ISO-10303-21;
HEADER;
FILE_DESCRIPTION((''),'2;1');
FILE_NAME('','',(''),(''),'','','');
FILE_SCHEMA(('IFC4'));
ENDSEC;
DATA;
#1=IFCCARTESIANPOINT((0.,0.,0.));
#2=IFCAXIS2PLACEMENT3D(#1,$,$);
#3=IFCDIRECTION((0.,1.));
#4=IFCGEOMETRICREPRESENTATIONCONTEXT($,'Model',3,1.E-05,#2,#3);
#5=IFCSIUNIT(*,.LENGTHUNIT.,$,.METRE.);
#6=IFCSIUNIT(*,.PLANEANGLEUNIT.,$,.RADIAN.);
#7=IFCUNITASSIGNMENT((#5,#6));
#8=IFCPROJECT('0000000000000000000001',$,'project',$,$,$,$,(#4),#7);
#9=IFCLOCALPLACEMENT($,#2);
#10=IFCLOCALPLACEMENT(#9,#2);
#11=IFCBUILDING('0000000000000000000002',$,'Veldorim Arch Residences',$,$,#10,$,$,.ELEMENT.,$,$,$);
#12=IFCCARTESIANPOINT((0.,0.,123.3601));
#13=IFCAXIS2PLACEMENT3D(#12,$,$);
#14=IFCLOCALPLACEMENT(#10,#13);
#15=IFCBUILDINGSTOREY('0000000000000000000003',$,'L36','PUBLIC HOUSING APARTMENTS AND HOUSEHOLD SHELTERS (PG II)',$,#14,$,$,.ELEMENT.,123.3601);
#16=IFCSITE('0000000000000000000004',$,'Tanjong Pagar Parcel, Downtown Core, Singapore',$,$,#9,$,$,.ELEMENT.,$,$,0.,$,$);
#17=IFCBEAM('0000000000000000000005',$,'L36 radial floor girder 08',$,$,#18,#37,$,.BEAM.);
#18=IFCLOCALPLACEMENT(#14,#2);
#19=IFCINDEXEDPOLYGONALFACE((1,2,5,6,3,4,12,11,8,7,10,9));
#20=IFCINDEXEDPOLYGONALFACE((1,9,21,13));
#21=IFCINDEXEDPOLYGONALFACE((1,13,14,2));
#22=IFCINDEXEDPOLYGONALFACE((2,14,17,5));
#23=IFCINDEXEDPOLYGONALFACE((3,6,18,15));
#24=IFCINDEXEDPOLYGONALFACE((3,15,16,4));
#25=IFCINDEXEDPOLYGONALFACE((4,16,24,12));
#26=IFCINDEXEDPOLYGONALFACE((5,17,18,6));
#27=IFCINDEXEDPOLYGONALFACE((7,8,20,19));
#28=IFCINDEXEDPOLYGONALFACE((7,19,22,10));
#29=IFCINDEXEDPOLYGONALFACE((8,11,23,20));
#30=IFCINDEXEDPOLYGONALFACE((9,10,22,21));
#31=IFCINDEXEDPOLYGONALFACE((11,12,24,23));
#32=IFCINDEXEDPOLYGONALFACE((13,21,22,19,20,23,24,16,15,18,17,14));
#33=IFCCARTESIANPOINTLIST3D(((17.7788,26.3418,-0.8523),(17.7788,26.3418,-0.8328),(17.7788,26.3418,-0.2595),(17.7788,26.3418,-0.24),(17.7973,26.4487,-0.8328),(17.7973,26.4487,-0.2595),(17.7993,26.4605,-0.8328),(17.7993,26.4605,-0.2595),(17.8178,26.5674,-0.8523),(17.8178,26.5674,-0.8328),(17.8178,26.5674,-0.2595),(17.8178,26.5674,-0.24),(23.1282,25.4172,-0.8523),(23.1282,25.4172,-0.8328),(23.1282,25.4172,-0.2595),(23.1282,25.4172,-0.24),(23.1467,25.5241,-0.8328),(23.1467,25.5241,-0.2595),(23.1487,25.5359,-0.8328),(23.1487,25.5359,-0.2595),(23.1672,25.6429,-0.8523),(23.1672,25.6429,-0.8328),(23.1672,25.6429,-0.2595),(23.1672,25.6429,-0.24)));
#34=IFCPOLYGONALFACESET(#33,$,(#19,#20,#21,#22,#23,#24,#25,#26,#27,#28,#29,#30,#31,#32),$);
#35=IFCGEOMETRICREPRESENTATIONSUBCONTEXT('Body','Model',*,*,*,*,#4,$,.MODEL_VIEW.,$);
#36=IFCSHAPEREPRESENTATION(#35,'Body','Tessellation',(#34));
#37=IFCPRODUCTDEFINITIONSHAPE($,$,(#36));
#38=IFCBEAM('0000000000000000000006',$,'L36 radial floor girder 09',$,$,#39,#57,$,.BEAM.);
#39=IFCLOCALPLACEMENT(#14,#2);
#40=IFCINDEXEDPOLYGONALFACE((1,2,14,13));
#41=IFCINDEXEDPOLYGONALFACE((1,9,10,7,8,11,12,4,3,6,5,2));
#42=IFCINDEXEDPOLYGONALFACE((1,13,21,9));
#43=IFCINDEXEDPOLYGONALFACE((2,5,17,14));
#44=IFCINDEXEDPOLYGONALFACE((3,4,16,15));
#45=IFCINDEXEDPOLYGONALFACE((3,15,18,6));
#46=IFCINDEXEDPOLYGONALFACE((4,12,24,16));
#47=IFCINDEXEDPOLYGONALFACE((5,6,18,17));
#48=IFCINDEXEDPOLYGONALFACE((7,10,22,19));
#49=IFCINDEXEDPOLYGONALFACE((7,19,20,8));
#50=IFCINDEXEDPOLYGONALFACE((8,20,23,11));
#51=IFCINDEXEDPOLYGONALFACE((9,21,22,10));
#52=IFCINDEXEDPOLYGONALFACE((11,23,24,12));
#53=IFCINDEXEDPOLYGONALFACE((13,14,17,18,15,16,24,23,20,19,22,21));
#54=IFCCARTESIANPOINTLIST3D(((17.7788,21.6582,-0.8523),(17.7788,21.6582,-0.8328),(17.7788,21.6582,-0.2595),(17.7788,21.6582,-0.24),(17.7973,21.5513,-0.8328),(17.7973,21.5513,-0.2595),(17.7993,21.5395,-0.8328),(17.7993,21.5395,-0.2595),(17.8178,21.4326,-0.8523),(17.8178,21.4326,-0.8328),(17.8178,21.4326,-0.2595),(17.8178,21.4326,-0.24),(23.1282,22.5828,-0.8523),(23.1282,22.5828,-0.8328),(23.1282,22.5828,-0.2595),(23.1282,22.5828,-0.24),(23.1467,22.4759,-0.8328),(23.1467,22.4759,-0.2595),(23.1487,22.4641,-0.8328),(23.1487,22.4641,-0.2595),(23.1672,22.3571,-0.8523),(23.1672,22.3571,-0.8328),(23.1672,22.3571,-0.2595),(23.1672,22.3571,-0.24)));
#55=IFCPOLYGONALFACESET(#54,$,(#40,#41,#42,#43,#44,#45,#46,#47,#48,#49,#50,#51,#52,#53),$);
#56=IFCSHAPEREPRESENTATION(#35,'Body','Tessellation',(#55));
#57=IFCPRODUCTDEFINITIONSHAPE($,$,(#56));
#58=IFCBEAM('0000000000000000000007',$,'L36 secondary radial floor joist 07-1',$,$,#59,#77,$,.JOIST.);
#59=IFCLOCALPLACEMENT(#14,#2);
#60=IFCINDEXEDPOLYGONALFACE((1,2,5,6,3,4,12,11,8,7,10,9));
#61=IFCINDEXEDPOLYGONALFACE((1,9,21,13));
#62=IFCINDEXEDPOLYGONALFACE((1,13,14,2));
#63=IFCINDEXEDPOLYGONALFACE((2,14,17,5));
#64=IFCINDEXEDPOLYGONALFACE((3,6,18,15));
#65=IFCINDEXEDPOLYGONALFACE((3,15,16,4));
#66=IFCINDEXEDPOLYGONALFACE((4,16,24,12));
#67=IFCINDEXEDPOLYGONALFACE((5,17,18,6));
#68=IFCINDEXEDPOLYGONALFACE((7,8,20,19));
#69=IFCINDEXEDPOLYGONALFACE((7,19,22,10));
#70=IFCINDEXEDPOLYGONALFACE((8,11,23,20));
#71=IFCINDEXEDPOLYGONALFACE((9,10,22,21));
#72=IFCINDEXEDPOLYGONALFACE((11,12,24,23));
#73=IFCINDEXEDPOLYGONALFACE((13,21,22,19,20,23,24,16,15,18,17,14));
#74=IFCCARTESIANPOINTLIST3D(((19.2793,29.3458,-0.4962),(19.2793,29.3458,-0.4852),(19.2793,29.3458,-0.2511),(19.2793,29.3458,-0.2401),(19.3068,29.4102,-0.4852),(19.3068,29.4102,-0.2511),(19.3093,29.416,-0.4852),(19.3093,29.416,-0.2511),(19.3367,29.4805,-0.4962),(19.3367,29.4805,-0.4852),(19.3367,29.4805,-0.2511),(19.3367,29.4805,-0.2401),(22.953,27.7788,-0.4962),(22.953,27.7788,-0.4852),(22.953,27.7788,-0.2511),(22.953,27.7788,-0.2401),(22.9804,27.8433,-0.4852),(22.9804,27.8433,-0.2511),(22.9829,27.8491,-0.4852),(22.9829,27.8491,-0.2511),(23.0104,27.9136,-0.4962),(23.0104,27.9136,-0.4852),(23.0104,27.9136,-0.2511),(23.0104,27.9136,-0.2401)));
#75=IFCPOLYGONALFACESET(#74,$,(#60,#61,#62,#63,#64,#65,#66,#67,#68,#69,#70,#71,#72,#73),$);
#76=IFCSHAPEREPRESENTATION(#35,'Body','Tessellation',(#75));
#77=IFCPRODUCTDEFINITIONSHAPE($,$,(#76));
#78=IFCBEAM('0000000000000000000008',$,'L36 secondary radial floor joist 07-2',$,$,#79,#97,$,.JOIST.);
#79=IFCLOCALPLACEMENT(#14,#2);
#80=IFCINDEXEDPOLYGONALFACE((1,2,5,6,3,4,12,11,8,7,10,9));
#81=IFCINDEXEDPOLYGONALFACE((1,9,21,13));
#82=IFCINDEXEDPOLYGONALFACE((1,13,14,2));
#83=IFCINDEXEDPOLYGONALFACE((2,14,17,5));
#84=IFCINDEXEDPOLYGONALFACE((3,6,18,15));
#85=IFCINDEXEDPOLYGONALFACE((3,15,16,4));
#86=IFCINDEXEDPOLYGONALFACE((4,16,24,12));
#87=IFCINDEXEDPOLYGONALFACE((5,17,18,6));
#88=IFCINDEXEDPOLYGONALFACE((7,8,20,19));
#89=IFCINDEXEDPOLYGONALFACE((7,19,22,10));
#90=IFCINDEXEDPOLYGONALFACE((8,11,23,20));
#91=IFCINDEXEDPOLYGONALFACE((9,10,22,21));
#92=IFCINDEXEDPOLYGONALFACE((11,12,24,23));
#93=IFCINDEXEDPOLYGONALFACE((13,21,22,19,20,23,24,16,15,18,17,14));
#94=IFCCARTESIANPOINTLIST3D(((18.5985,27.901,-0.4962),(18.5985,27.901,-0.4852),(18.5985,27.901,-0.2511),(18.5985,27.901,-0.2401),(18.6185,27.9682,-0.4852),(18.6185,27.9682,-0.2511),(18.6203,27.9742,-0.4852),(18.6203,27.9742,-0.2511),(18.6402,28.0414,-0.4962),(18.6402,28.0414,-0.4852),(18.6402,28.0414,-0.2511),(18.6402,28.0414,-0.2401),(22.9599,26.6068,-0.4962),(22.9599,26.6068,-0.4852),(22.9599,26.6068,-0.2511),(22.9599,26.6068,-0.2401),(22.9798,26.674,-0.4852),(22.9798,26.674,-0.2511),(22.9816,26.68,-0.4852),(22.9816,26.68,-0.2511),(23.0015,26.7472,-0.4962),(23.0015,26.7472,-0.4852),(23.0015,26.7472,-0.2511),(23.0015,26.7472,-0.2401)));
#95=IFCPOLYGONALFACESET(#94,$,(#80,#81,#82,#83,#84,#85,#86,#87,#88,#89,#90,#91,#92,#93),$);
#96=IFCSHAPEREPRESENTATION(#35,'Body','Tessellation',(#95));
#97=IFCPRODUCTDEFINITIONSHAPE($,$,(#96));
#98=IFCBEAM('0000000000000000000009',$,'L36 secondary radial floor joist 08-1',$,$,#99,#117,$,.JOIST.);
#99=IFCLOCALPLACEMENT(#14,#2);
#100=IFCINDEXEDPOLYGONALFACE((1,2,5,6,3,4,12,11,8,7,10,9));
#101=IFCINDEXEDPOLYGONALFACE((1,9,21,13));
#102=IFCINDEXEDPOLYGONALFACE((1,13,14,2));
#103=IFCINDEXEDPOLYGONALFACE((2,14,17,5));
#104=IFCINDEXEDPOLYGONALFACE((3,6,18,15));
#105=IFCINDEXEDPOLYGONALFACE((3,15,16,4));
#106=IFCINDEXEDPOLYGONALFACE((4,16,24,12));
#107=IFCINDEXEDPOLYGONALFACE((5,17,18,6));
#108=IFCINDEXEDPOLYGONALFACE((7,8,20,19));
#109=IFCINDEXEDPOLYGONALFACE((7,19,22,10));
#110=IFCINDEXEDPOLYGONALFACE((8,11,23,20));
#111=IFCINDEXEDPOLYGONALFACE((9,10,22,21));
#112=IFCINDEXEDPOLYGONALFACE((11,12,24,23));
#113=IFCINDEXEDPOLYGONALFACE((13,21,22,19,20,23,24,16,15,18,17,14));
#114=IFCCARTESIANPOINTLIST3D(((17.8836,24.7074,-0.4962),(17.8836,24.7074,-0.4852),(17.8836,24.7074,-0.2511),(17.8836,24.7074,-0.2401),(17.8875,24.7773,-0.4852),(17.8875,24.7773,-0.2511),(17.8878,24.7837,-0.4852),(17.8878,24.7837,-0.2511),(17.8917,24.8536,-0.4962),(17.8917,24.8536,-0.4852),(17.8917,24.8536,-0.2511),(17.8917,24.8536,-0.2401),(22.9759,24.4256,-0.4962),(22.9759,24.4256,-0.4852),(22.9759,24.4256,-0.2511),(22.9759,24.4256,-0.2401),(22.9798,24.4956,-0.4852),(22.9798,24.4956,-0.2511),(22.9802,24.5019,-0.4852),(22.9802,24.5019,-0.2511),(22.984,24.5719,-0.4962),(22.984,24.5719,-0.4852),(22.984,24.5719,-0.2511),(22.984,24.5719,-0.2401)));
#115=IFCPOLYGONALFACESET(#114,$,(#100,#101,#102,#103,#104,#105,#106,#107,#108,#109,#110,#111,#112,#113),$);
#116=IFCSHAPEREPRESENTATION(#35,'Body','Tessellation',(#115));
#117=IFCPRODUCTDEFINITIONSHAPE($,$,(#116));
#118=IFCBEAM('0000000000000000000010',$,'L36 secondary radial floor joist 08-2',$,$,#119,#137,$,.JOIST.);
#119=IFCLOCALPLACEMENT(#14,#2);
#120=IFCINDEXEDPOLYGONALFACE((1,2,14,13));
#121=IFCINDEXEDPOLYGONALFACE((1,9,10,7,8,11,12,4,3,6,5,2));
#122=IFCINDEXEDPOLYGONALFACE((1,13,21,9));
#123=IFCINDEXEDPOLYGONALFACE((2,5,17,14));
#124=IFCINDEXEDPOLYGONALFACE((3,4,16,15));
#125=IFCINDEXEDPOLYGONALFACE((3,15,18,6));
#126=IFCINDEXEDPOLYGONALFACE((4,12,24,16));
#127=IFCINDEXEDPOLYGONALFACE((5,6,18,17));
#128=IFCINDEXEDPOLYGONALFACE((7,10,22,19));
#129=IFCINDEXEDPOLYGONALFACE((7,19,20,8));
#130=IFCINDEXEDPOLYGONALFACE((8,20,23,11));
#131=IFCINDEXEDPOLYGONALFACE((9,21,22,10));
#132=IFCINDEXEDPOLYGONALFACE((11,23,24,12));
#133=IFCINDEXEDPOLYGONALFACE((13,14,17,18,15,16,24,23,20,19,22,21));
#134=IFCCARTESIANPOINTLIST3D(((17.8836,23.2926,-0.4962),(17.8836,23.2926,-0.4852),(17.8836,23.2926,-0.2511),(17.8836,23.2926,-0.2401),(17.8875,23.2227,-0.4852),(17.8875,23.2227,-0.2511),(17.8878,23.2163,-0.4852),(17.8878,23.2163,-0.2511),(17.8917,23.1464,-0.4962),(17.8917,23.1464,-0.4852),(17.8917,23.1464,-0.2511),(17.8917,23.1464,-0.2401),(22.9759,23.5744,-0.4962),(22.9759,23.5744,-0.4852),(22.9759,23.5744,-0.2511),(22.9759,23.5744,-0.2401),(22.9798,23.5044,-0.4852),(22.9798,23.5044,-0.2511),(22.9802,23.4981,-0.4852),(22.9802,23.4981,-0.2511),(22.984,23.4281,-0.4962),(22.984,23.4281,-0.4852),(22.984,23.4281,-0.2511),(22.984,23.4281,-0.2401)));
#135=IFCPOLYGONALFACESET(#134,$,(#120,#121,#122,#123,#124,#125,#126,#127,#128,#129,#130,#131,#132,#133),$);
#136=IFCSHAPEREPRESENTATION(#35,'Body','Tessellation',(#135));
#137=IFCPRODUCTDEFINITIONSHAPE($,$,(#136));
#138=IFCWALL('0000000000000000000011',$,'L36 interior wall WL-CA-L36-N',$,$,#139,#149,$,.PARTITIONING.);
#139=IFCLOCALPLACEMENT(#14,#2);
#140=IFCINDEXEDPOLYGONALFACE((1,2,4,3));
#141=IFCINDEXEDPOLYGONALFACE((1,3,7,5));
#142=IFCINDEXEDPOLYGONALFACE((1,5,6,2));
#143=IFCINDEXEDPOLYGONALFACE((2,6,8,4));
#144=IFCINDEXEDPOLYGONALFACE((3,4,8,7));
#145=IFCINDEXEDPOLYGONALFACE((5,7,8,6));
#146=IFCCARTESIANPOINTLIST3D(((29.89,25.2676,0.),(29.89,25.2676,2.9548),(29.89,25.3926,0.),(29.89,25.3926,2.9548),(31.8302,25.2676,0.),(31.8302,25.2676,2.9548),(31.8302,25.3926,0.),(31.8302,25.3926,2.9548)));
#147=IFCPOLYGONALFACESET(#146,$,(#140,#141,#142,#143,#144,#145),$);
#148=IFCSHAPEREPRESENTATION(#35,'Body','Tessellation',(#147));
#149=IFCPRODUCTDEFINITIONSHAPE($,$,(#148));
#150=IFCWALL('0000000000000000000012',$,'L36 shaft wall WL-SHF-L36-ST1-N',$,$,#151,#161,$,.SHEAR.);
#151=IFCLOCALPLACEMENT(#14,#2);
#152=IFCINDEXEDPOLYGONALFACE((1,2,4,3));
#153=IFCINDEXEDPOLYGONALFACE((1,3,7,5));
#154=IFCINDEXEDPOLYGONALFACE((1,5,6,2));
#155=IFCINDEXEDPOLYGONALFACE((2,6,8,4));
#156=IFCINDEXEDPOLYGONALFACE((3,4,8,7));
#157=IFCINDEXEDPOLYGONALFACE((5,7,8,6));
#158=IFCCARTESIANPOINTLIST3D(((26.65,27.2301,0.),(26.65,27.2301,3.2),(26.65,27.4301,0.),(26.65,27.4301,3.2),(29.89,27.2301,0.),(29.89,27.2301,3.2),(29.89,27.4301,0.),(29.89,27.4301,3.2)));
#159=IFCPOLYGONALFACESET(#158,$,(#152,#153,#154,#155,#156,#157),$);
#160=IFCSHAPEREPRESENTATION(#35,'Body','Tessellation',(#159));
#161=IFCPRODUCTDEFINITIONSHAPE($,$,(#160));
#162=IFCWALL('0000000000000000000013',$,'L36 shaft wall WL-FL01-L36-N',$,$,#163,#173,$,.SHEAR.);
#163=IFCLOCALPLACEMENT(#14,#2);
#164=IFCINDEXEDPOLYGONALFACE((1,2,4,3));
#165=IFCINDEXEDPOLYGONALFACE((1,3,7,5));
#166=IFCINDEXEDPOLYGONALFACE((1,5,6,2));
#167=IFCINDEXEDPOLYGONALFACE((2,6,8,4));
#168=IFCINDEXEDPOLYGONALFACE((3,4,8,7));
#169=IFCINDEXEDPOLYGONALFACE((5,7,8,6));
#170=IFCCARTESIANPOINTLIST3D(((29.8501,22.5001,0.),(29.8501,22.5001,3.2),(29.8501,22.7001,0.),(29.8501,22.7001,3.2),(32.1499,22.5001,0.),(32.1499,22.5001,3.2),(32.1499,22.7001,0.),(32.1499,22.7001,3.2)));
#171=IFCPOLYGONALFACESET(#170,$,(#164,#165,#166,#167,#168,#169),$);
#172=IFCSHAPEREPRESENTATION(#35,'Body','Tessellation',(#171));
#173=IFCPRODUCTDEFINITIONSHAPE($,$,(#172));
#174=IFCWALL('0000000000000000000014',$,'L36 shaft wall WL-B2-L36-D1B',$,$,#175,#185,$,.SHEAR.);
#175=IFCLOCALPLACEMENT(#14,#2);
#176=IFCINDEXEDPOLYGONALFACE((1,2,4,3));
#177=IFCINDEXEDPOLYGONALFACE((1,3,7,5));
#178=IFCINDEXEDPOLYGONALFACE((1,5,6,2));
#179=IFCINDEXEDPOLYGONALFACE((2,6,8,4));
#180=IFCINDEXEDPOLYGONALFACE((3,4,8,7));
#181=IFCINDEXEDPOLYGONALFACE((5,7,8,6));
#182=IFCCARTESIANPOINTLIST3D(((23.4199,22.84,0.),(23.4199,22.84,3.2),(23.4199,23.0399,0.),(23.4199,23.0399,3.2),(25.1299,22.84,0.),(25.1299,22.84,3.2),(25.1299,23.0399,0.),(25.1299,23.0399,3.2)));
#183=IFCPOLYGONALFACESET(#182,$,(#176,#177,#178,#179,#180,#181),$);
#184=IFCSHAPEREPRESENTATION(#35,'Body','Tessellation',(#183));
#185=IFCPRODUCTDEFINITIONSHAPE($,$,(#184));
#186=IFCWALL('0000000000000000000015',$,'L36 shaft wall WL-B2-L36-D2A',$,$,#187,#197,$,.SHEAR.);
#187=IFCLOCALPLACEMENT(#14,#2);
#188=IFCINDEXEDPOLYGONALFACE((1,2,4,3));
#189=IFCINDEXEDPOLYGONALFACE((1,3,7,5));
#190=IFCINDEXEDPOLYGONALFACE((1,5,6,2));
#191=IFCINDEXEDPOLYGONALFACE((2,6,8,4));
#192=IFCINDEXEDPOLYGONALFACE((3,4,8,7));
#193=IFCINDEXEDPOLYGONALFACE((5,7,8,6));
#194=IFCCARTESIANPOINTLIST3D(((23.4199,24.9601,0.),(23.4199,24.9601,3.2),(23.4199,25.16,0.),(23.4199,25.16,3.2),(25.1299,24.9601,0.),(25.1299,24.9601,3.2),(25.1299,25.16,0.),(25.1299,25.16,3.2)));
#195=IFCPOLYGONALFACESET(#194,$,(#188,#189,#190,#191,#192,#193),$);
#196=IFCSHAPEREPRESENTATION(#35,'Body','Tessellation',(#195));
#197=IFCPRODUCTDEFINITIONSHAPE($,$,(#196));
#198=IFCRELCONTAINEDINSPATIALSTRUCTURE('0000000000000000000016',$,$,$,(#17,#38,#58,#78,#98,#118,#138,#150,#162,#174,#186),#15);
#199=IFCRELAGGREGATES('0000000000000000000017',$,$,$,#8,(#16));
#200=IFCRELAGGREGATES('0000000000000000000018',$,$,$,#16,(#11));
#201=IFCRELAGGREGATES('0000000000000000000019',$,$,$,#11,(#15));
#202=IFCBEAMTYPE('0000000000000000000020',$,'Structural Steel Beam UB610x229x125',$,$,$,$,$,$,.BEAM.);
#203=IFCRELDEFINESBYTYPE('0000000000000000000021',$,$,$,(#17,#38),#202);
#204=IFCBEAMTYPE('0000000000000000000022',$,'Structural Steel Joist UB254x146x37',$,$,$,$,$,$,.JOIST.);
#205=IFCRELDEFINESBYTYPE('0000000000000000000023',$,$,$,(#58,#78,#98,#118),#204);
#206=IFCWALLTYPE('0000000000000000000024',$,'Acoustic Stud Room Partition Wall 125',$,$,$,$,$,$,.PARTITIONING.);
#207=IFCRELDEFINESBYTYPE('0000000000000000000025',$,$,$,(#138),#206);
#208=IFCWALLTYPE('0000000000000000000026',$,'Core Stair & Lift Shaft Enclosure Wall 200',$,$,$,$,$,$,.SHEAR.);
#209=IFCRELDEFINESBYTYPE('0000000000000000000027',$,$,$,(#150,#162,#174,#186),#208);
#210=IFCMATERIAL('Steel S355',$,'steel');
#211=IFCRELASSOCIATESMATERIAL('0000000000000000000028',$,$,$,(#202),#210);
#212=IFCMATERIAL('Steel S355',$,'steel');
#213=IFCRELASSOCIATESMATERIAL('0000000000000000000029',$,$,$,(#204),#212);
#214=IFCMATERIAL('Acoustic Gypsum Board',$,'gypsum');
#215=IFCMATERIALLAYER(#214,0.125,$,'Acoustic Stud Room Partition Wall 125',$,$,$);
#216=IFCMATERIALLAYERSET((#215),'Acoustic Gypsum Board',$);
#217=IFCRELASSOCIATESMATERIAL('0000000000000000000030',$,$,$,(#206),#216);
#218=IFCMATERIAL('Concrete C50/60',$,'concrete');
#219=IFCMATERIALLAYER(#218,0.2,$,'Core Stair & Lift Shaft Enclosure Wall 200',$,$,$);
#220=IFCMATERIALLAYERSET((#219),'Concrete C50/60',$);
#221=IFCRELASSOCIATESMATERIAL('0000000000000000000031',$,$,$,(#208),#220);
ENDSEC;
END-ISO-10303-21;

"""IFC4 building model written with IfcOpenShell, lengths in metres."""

from ifc_helpers import new_model, si_unit, direction, frame, frame_2d, origin, origin_2d, place, context, subcontext, project, spatial, rectangle, i_section, extrude, material, layer, layer_set, material_profile, profile_set, type_object, element, save


model = new_model("IFC4")

# Units and contexts
model_context = context("Model", 3, precision=1e-05, world=origin(), true_north=direction((0.0, 1.0)))
body_context = subcontext(model_context, "Body", "Model", "MODEL_VIEW")
ifc_project = project(units=[si_unit("LENGTHUNIT", "METRE"), si_unit("PLANEANGLEUNIT", "RADIAN")], contexts=[model_context])

# Site, building, storey
site_placement = place(None, origin())
site = spatial("IfcSite", under=ifc_project, at=site_placement, Name="Tanjong Pagar Parcel, Downtown Core, Singapore", CompositionType="ELEMENT", RefElevation=0.0)
building_placement = place(site_placement, origin())
building = spatial("IfcBuilding", under=site, at=building_placement, Name="Veldorim Arch Residences", CompositionType="ELEMENT")
storey_placement = place(building_placement, frame((0.0, 0.0, 123.3601)))
storey = spatial("IfcBuildingStorey", under=building, at=storey_placement, Name="L36", Description="PUBLIC HOUSING APARTMENTS AND HOUSEHOLD SHELTERS (PG II)", CompositionType="ELEMENT", Elevation=123.3601)

# Beams
ifc_material_1 = material(Name="Steel S355", Category="steel")
ifc_material_profile_1 = material_profile(ifc_material_1, i_section(OverallWidth=0.229, OverallDepth=0.6123, WebThickness=0.012, FlangeThickness=0.0195, at=origin_2d()), Name="UB610x229x125")
ifc_profile_set_1 = profile_set([ifc_material_profile_1], Name="Steel S355")
beam_type_1 = type_object("IfcBeamType", Name="Structural Steel Beam UB610x229x125", PredefinedType="BEAM", material=ifc_profile_set_1)
for number, where, z_axis, x_axis, name in (
    (1, (23.1477, 25.53, -0.5461), (-0.98539, 0.170311, 0.0), (-0.170311, -0.98539, 0.0), "L36 radial floor girder 08"),
    (2, (23.1477, 22.47, -0.5461), (-0.98539, -0.170311, 0.0), (0.170311, -0.98539, 0.0), "L36 radial floor girder 09"),
):
    element("IfcBeam", number, at=place(storey_placement, frame(where, z_axis=z_axis, x_axis=x_axis)), inside=storey, type_object=beam_type_1, Name=name, PredefinedType="BEAM", context=body_context, shape_type="SweptSolid", body=[
        extrude(i_section(OverallWidth=0.229, OverallDepth=0.6123, WebThickness=0.012, FlangeThickness=0.0195, at=origin_2d()), origin(), (0.0, 0.0, 1.0), 5.4287),
    ])
ifc_material_2 = material(Name="Steel S355", Category="steel")
ifc_material_profile_2 = material_profile(ifc_material_2, i_section(OverallWidth=0.1465, OverallDepth=0.2561, WebThickness=0.0063, FlangeThickness=0.011, at=origin_2d()), Name="UB254x146x37")
ifc_profile_set_2 = profile_set([ifc_material_profile_2], Name="Steel S355")
beam_type_2 = type_object("IfcBeamType", Name="Structural Steel Joist UB254x146x37", PredefinedType="JOIST", material=ifc_profile_set_2)
beam_1_placement = place(storey_placement, frame((22.9817, 27.8462, -0.3682), z_axis=(-0.919823, 0.392332, 0.0), x_axis=(-0.392332, -0.919823, 0.0)))
element("IfcBeam", 3, at=beam_1_placement, inside=storey, type_object=beam_type_2, Name="L36 secondary radial floor joist 07-1", PredefinedType="JOIST", context=body_context, shape_type="SweptSolid", body=[
    extrude(i_section(OverallWidth=0.1465, OverallDepth=0.2561, WebThickness=0.0063, FlangeThickness=0.011, at=origin_2d()), origin(), (0.0, 0.0, 1.0), 3.9939),
])
beam_2_placement = place(storey_placement, frame((22.9807, 26.677, -0.3682), z_axis=(-0.958682, 0.284481, 0.0), x_axis=(-0.284481, -0.958682, 0.0)))
element("IfcBeam", 4, at=beam_2_placement, inside=storey, type_object=beam_type_2, Name="L36 secondary radial floor joist 07-2", PredefinedType="JOIST", context=body_context, shape_type="SweptSolid", body=[
    extrude(i_section(OverallWidth=0.1465, OverallDepth=0.2561, WebThickness=0.0063, FlangeThickness=0.011, at=origin_2d()), origin(), (0.0, 0.0, 1.0), 4.5493),
])
for number, where, z_axis, x_axis, name in (
    (5, (22.98, 24.4988, -0.3682), (-0.998473, 0.055242, 0.0), (-0.055242, -0.998473, 0.0), "L36 secondary radial floor joist 08-1"),
    (6, (22.98, 23.5012, -0.3682), (-0.998473, -0.055242, 0.0), (0.055242, -0.998473, 0.0), "L36 secondary radial floor joist 08-2"),
):
    element("IfcBeam", number, at=place(storey_placement, frame(where, z_axis=z_axis, x_axis=x_axis)), inside=storey, type_object=beam_type_2, Name=name, PredefinedType="JOIST", context=body_context, shape_type="SweptSolid", body=[
        extrude(i_section(OverallWidth=0.1465, OverallDepth=0.2561, WebThickness=0.0063, FlangeThickness=0.011, at=origin_2d()), origin(), (0.0, 0.0, 1.0), 5.1001),
    ])

# Walls
ifc_material_3 = material(Name="Acoustic Gypsum Board", Category="gypsum")
ifc_layer_1 = layer(ifc_material_3, 0.125, Name="Acoustic Stud Room Partition Wall 125")
ifc_layer_set_1 = layer_set([ifc_layer_1], Name="Acoustic Gypsum Board")
wall_type_1 = type_object("IfcWallType", Name="Acoustic Stud Room Partition Wall 125", PredefinedType="PARTITIONING", material=ifc_layer_set_1)
wall_1_placement = place(storey_placement, frame((29.8899, 25.3301, 0.0), z_axis=(0.0, 0.0, 1.0), x_axis=(1.0, 0.0, 0.0)))
element("IfcWall", 7, at=wall_1_placement, inside=storey, type_object=wall_type_1, Name="L36 interior wall WL-CA-L36-N", PredefinedType="PARTITIONING", context=body_context, shape_type="SweptSolid", body=[
    extrude(rectangle(XDim=1.9402, YDim=0.125, at=frame_2d((0.9702, 0.0))), origin(), (0.0, 0.0, 1.0), 2.9548),
])
ifc_material_4 = material(Name="Concrete C50/60", Category="concrete")
ifc_layer_2 = layer(ifc_material_4, 0.2, Name="Core Stair & Lift Shaft Enclosure Wall 200")
ifc_layer_set_2 = layer_set([ifc_layer_2], Name="Concrete C50/60")
wall_type_2 = type_object("IfcWallType", Name="Core Stair & Lift Shaft Enclosure Wall 200", PredefinedType="SHEAR", material=ifc_layer_set_2)
wall_2_placement = place(storey_placement, frame((26.6499, 27.3301, 0.0), z_axis=(0.0, 0.0, 1.0), x_axis=(1.0, 0.0, 0.0)))
element("IfcWall", 8, at=wall_2_placement, inside=storey, type_object=wall_type_2, Name="L36 shaft wall WL-SHF-L36-ST1-N", PredefinedType="SHEAR", context=body_context, shape_type="SweptSolid", body=[
    extrude(rectangle(XDim=3.24, YDim=0.2, at=frame_2d((1.6201, 0.0))), origin(), (0.0, 0.0, 1.0), 3.2),
])
wall_3_placement = place(storey_placement, frame((29.8501, 22.6001, 0.0), z_axis=(0.0, 0.0, 1.0), x_axis=(1.0, 0.0, 0.0)))
element("IfcWall", 9, at=wall_3_placement, inside=storey, type_object=wall_type_2, Name="L36 shaft wall WL-FL01-L36-N", PredefinedType="SHEAR", context=body_context, shape_type="SweptSolid", body=[
    extrude(rectangle(XDim=2.2998, YDim=0.2, at=frame_2d((1.1499, 0.0))), origin(), (0.0, 0.0, 1.0), 3.2),
])
for number, where, z_axis, x_axis, name in (
    (10, (23.4199, 22.9399, 0.0), (0.0, 0.0, 1.0), (1.0, 0.0, 0.0), "L36 shaft wall WL-B2-L36-D1B"),
    (11, (23.4199, 25.0601, 0.0), (0.0, 0.0, 1.0), (1.0, 0.0, 0.0), "L36 shaft wall WL-B2-L36-D2A"),
):
    element("IfcWall", number, at=place(storey_placement, frame(where, z_axis=z_axis, x_axis=x_axis)), inside=storey, type_object=wall_type_2, Name=name, PredefinedType="SHEAR", context=body_context, shape_type="SweptSolid", body=[
        extrude(rectangle(XDim=1.71, YDim=0.2, at=frame_2d((0.855, 0.0))), origin(), (0.0, 0.0, 1.0), 3.2),
    ])

save(model, "model.ifc")
